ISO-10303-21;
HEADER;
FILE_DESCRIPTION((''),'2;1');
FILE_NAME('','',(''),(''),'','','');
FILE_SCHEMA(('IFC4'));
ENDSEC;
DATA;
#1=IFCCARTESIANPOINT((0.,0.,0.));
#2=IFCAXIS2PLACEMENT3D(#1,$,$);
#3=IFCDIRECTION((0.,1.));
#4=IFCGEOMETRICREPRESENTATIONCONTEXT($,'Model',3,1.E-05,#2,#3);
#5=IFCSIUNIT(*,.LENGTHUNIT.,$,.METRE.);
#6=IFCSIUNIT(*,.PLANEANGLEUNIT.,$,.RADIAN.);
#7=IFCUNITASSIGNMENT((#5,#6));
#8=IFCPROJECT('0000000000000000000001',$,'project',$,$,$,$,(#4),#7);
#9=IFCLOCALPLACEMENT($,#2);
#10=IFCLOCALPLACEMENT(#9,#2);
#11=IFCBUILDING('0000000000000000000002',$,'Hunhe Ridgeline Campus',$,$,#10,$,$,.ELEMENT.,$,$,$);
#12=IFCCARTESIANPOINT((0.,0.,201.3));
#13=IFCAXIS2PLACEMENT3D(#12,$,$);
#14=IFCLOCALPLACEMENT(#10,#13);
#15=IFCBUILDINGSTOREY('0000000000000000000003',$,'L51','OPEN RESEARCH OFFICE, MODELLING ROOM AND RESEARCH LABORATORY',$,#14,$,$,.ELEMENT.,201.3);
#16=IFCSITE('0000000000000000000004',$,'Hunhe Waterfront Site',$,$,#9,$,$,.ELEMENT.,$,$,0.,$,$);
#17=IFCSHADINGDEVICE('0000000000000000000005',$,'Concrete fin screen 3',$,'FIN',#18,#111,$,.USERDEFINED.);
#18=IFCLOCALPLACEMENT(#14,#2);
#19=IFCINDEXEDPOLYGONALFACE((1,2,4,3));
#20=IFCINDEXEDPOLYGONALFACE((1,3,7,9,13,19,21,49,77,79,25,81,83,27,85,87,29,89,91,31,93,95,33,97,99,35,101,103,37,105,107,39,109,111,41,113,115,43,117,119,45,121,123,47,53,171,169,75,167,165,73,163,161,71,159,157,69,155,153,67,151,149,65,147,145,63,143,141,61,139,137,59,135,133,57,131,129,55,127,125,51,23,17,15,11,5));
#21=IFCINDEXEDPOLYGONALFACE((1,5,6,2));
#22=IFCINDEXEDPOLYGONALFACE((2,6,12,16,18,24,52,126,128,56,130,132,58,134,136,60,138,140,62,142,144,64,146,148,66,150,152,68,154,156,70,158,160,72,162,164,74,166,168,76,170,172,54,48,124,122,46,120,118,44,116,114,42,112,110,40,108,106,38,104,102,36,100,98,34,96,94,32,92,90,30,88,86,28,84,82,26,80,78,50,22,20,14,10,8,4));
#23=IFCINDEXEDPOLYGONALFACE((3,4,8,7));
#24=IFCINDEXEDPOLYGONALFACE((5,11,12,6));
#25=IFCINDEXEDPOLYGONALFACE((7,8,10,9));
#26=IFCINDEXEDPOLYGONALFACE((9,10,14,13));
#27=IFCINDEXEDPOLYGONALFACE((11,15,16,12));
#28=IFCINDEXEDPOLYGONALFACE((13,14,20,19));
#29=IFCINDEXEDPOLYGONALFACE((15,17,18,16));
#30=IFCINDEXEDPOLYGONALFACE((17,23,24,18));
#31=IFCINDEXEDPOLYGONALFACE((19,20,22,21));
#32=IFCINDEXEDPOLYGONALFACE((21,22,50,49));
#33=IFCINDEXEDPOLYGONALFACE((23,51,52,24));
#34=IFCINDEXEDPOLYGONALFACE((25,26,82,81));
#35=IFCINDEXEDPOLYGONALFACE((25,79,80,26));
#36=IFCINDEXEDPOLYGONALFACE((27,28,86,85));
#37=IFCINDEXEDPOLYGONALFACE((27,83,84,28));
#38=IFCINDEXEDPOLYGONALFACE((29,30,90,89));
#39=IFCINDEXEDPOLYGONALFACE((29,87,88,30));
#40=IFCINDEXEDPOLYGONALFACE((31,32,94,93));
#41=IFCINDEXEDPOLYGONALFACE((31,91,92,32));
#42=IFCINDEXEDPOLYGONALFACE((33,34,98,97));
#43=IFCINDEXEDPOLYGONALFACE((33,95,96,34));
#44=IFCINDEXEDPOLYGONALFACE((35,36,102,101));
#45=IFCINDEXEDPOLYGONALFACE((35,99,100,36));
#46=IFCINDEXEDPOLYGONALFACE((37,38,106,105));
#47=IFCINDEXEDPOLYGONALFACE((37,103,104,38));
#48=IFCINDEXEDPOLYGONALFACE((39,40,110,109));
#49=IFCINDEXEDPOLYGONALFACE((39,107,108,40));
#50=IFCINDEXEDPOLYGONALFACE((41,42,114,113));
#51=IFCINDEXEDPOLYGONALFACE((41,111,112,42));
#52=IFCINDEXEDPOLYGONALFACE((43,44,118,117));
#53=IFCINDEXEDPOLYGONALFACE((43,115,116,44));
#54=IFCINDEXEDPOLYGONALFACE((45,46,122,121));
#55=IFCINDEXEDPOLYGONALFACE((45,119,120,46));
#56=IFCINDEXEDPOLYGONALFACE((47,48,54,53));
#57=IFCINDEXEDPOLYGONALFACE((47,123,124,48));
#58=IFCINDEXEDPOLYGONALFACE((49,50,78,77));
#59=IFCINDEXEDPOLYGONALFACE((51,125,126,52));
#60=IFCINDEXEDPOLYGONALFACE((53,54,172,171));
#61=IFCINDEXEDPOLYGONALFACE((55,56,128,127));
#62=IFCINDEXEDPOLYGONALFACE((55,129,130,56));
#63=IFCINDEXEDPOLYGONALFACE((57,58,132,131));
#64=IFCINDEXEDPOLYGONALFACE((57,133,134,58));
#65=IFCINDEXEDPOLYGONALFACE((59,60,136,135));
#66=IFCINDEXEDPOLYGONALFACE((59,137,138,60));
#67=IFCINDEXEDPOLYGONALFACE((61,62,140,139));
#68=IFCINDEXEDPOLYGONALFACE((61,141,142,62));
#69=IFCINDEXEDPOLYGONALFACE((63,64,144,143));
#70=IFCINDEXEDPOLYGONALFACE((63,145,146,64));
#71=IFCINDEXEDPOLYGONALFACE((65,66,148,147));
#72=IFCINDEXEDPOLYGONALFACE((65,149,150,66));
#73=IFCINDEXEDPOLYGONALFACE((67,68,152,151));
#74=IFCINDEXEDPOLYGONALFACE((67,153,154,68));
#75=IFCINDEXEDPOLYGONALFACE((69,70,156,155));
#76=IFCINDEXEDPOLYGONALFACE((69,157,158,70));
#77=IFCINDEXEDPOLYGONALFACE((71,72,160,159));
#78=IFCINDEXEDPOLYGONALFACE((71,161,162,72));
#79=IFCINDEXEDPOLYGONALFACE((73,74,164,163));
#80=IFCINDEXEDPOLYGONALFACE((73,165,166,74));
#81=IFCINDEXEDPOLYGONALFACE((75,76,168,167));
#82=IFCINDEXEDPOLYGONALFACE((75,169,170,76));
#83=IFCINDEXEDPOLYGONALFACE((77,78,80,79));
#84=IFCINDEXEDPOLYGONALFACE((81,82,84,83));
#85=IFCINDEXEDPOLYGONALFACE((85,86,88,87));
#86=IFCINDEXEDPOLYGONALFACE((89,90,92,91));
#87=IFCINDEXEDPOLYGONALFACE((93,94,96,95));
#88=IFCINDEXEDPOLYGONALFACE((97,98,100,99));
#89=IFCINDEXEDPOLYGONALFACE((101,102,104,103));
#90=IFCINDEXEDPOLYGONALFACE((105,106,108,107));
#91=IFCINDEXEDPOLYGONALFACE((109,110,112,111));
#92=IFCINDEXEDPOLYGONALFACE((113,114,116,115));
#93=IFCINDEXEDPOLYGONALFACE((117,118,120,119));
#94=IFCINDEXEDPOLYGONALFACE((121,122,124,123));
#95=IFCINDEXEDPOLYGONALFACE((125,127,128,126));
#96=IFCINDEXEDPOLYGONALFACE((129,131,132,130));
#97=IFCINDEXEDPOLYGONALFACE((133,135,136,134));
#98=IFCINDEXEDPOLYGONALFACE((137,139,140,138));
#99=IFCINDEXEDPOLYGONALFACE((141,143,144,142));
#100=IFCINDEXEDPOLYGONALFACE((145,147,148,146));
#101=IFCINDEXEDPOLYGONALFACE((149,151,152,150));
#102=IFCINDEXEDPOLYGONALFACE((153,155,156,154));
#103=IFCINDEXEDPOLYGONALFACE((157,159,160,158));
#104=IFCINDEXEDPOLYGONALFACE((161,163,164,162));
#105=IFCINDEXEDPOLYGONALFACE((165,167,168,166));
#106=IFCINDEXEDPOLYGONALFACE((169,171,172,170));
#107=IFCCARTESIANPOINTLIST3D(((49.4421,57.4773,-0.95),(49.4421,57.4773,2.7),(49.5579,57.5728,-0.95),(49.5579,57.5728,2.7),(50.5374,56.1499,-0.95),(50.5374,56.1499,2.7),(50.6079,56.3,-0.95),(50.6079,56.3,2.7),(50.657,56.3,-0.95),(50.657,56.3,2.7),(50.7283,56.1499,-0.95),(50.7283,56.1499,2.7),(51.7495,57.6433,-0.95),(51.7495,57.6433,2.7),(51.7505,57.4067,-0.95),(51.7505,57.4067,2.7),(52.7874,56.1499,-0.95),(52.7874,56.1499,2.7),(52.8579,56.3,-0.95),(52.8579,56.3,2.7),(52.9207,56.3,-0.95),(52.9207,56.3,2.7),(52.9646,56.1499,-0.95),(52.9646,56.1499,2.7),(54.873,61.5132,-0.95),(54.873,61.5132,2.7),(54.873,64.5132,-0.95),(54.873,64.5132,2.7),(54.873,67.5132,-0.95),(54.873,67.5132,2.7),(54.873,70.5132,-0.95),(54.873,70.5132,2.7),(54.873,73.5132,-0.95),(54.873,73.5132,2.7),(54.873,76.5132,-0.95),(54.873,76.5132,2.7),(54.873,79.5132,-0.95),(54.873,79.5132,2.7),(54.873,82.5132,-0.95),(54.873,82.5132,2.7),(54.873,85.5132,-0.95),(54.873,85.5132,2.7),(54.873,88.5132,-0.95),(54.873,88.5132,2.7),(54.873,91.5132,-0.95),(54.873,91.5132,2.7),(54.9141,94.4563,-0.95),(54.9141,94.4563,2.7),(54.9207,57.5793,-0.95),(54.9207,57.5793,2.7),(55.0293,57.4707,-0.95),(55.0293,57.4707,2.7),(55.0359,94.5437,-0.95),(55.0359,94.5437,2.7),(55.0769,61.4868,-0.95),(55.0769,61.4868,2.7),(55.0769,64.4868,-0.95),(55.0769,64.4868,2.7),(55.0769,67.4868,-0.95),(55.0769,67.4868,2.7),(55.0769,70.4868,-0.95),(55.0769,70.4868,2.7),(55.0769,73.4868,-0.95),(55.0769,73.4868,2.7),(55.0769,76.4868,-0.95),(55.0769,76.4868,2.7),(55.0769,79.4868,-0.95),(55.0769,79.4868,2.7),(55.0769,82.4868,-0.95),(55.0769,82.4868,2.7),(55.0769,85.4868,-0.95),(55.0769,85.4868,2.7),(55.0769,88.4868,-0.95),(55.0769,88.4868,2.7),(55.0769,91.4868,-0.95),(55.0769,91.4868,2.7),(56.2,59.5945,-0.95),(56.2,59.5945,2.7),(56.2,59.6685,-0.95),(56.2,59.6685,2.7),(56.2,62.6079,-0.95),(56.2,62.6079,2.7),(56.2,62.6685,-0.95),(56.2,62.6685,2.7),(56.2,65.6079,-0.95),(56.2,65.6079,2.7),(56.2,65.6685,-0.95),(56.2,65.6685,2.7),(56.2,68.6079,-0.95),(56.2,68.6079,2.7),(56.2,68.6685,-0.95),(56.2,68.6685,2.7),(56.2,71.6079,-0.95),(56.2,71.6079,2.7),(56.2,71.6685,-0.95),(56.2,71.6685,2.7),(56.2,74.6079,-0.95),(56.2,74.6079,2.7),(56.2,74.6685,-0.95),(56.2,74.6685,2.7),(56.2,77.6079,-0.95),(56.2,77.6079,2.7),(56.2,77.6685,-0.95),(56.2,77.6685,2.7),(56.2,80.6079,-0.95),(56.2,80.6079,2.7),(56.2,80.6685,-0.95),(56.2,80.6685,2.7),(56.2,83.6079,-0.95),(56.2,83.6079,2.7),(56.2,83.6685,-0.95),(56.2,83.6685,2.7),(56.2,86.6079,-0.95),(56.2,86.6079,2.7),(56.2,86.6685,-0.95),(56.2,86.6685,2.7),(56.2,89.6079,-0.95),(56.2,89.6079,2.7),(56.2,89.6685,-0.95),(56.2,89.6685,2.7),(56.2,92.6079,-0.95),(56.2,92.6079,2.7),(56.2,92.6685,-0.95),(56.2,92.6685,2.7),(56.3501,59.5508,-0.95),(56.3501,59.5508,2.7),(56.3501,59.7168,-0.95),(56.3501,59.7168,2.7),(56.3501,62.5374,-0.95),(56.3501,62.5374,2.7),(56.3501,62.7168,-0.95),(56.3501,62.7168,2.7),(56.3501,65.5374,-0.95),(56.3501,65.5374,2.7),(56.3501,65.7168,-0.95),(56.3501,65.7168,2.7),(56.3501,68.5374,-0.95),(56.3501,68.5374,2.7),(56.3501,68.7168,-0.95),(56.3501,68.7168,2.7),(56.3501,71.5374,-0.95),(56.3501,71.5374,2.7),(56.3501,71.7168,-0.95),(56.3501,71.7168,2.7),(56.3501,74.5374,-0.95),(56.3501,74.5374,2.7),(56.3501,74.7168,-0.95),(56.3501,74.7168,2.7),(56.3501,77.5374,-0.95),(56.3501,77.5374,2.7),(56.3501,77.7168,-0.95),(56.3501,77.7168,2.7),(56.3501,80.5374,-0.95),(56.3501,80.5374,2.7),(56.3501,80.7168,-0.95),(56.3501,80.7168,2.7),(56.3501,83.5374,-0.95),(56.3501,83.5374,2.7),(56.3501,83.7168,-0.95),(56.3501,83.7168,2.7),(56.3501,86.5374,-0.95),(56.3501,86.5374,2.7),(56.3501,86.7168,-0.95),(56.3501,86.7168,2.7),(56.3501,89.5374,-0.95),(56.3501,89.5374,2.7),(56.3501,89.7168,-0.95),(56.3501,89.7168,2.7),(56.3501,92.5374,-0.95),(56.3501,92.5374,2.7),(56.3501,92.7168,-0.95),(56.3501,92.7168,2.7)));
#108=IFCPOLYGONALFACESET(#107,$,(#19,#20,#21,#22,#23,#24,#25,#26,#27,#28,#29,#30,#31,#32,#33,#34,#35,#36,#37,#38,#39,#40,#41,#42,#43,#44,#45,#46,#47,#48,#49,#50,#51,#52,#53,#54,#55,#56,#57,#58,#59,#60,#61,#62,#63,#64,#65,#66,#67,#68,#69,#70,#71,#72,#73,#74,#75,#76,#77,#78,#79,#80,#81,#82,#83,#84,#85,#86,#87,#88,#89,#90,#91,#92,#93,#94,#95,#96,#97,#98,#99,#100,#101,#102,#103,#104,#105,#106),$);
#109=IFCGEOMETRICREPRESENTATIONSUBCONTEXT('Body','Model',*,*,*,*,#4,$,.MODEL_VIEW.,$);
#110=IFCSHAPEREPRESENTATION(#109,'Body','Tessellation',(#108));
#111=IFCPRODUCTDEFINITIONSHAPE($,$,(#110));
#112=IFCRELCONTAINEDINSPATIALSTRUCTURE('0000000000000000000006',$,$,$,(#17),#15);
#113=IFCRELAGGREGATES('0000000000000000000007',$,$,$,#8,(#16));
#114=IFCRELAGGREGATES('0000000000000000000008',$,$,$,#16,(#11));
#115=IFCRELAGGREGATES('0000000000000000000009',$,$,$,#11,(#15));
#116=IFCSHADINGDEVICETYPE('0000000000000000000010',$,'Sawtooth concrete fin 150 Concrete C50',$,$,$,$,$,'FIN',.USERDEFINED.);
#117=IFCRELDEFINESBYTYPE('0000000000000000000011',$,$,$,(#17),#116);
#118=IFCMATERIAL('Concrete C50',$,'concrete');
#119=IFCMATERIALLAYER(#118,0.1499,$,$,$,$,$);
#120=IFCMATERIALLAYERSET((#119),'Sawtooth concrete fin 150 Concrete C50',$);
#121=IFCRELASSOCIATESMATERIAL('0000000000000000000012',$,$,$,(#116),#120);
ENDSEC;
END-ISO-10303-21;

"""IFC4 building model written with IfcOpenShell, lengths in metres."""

from ifc_helpers import new_model, si_unit, direction, frame, origin, place, context, subcontext, project, spatial, polyline, outline, extrude, material, layer, layer_set, type_object, element, save


model = new_model("IFC4")

# Units and contexts
model_context = context("Model", 3, precision=1e-05, world=origin(), true_north=direction((0.0, 1.0)))
body_context = subcontext(model_context, "Body", "Model", "MODEL_VIEW")
ifc_project = project(units=[si_unit("LENGTHUNIT", "METRE"), si_unit("PLANEANGLEUNIT", "RADIAN")], contexts=[model_context])

# Site, building, storey
site_placement = place(None, origin())
site = spatial("IfcSite", under=ifc_project, at=site_placement, Name="Hunhe Waterfront Site", CompositionType="ELEMENT", RefElevation=0.0)
building_placement = place(site_placement, origin())
building = spatial("IfcBuilding", under=site, at=building_placement, Name="Hunhe Ridgeline Campus", CompositionType="ELEMENT")
storey_placement = place(building_placement, frame((0.0, 0.0, 201.3)))
storey = spatial("IfcBuildingStorey", under=building, at=storey_placement, Name="L51", Description="OPEN RESEARCH OFFICE, MODELLING ROOM AND RESEARCH LABORATORY", CompositionType="ELEMENT", Elevation=201.3)

# Shading device
ifc_material_1 = material(Name="Concrete C50", Category="concrete")
ifc_layer_1 = layer(ifc_material_1, 0.1499)
ifc_layer_set_1 = layer_set([ifc_layer_1], Name="Sawtooth concrete fin 150 Concrete C50")
shading_device_type = type_object("IfcShadingDeviceType", Name="Sawtooth concrete fin 150 Concrete C50", ElementType="FIN", PredefinedType="USERDEFINED", material=ifc_layer_set_1)
shading_device_1_placement = place(storey_placement, frame((0.0, 0.0, -0.95)))
element("IfcShadingDevice", 1, at=shading_device_1_placement, inside=storey, type_object=shading_device_type, Name="Concrete fin screen 3", ObjectType="FIN", PredefinedType="USERDEFINED", context=body_context, shape_type="SweptSolid", body=[
    extrude(outline(polyline([(49.5579, 57.5728), (49.4421, 57.4773), (50.5374, 56.1499), (50.7283, 56.1499), (51.7505, 57.4067), (52.7874, 56.1499), (52.9646, 56.1499), (55.0293, 57.4707), (56.3501, 59.5508), (56.3501, 59.7168), (55.0769, 61.4868), (56.3501, 62.5374), (56.3501, 62.7168), (55.0769, 64.4868), (56.3501, 65.5374), (56.3501, 65.7168), (55.0769, 67.4868), (56.3501, 68.5374), (56.3501, 68.7168), (55.0769, 70.4868), (56.3501, 71.5374), (56.3501, 71.7168), (55.0769, 73.4868), (56.3501, 74.5374), (56.3501, 74.7168), (55.0769, 76.4868), (56.3501, 77.5374), (56.3501, 77.7168), (55.0769, 79.4868), (56.3501, 80.5374), (56.3501, 80.7168), (55.0769, 82.4868), (56.3501, 83.5374), (56.3501, 83.7168), (55.0769, 85.4868), (56.3501, 86.5374), (56.3501, 86.7168), (55.0769, 88.4868), (56.3501, 89.5374), (56.3501, 89.7168), (55.0769, 91.4868), (56.3501, 92.5374), (56.3501, 92.7168), (55.0359, 94.5437), (54.9141, 94.4563), (56.2, 92.6685), (56.2, 92.6079), (54.873, 91.5132), (56.2, 89.6685), (56.2, 89.6079), (54.873, 88.5132), (56.2, 86.6685), (56.2, 86.6079), (54.873, 85.5132), (56.2, 83.6685), (56.2, 83.6079), (54.873, 82.5132), (56.2, 80.6685), (56.2, 80.6079), (54.873, 79.5132), (56.2, 77.6685), (56.2, 77.6079), (54.873, 76.5132), (56.2, 74.6685), (56.2, 74.6079), (54.873, 73.5132), (56.2, 71.6685), (56.2, 71.6079), (54.873, 70.5132), (56.2, 68.6685), (56.2, 68.6079), (54.873, 67.5132), (56.2, 65.6685), (56.2, 65.6079), (54.873, 64.5132), (56.2, 62.6685), (56.2, 62.6079), (54.873, 61.5132), (56.2, 59.6685), (56.2, 59.5945), (54.9207, 57.5793), (52.9207, 56.3), (52.8579, 56.3), (51.7495, 57.6433), (50.657, 56.3), (50.6079, 56.3), (49.5579, 57.5728)])), origin(), (0.0, 0.0, 1.0), 3.6499),
])

save(model, "model.ifc")
